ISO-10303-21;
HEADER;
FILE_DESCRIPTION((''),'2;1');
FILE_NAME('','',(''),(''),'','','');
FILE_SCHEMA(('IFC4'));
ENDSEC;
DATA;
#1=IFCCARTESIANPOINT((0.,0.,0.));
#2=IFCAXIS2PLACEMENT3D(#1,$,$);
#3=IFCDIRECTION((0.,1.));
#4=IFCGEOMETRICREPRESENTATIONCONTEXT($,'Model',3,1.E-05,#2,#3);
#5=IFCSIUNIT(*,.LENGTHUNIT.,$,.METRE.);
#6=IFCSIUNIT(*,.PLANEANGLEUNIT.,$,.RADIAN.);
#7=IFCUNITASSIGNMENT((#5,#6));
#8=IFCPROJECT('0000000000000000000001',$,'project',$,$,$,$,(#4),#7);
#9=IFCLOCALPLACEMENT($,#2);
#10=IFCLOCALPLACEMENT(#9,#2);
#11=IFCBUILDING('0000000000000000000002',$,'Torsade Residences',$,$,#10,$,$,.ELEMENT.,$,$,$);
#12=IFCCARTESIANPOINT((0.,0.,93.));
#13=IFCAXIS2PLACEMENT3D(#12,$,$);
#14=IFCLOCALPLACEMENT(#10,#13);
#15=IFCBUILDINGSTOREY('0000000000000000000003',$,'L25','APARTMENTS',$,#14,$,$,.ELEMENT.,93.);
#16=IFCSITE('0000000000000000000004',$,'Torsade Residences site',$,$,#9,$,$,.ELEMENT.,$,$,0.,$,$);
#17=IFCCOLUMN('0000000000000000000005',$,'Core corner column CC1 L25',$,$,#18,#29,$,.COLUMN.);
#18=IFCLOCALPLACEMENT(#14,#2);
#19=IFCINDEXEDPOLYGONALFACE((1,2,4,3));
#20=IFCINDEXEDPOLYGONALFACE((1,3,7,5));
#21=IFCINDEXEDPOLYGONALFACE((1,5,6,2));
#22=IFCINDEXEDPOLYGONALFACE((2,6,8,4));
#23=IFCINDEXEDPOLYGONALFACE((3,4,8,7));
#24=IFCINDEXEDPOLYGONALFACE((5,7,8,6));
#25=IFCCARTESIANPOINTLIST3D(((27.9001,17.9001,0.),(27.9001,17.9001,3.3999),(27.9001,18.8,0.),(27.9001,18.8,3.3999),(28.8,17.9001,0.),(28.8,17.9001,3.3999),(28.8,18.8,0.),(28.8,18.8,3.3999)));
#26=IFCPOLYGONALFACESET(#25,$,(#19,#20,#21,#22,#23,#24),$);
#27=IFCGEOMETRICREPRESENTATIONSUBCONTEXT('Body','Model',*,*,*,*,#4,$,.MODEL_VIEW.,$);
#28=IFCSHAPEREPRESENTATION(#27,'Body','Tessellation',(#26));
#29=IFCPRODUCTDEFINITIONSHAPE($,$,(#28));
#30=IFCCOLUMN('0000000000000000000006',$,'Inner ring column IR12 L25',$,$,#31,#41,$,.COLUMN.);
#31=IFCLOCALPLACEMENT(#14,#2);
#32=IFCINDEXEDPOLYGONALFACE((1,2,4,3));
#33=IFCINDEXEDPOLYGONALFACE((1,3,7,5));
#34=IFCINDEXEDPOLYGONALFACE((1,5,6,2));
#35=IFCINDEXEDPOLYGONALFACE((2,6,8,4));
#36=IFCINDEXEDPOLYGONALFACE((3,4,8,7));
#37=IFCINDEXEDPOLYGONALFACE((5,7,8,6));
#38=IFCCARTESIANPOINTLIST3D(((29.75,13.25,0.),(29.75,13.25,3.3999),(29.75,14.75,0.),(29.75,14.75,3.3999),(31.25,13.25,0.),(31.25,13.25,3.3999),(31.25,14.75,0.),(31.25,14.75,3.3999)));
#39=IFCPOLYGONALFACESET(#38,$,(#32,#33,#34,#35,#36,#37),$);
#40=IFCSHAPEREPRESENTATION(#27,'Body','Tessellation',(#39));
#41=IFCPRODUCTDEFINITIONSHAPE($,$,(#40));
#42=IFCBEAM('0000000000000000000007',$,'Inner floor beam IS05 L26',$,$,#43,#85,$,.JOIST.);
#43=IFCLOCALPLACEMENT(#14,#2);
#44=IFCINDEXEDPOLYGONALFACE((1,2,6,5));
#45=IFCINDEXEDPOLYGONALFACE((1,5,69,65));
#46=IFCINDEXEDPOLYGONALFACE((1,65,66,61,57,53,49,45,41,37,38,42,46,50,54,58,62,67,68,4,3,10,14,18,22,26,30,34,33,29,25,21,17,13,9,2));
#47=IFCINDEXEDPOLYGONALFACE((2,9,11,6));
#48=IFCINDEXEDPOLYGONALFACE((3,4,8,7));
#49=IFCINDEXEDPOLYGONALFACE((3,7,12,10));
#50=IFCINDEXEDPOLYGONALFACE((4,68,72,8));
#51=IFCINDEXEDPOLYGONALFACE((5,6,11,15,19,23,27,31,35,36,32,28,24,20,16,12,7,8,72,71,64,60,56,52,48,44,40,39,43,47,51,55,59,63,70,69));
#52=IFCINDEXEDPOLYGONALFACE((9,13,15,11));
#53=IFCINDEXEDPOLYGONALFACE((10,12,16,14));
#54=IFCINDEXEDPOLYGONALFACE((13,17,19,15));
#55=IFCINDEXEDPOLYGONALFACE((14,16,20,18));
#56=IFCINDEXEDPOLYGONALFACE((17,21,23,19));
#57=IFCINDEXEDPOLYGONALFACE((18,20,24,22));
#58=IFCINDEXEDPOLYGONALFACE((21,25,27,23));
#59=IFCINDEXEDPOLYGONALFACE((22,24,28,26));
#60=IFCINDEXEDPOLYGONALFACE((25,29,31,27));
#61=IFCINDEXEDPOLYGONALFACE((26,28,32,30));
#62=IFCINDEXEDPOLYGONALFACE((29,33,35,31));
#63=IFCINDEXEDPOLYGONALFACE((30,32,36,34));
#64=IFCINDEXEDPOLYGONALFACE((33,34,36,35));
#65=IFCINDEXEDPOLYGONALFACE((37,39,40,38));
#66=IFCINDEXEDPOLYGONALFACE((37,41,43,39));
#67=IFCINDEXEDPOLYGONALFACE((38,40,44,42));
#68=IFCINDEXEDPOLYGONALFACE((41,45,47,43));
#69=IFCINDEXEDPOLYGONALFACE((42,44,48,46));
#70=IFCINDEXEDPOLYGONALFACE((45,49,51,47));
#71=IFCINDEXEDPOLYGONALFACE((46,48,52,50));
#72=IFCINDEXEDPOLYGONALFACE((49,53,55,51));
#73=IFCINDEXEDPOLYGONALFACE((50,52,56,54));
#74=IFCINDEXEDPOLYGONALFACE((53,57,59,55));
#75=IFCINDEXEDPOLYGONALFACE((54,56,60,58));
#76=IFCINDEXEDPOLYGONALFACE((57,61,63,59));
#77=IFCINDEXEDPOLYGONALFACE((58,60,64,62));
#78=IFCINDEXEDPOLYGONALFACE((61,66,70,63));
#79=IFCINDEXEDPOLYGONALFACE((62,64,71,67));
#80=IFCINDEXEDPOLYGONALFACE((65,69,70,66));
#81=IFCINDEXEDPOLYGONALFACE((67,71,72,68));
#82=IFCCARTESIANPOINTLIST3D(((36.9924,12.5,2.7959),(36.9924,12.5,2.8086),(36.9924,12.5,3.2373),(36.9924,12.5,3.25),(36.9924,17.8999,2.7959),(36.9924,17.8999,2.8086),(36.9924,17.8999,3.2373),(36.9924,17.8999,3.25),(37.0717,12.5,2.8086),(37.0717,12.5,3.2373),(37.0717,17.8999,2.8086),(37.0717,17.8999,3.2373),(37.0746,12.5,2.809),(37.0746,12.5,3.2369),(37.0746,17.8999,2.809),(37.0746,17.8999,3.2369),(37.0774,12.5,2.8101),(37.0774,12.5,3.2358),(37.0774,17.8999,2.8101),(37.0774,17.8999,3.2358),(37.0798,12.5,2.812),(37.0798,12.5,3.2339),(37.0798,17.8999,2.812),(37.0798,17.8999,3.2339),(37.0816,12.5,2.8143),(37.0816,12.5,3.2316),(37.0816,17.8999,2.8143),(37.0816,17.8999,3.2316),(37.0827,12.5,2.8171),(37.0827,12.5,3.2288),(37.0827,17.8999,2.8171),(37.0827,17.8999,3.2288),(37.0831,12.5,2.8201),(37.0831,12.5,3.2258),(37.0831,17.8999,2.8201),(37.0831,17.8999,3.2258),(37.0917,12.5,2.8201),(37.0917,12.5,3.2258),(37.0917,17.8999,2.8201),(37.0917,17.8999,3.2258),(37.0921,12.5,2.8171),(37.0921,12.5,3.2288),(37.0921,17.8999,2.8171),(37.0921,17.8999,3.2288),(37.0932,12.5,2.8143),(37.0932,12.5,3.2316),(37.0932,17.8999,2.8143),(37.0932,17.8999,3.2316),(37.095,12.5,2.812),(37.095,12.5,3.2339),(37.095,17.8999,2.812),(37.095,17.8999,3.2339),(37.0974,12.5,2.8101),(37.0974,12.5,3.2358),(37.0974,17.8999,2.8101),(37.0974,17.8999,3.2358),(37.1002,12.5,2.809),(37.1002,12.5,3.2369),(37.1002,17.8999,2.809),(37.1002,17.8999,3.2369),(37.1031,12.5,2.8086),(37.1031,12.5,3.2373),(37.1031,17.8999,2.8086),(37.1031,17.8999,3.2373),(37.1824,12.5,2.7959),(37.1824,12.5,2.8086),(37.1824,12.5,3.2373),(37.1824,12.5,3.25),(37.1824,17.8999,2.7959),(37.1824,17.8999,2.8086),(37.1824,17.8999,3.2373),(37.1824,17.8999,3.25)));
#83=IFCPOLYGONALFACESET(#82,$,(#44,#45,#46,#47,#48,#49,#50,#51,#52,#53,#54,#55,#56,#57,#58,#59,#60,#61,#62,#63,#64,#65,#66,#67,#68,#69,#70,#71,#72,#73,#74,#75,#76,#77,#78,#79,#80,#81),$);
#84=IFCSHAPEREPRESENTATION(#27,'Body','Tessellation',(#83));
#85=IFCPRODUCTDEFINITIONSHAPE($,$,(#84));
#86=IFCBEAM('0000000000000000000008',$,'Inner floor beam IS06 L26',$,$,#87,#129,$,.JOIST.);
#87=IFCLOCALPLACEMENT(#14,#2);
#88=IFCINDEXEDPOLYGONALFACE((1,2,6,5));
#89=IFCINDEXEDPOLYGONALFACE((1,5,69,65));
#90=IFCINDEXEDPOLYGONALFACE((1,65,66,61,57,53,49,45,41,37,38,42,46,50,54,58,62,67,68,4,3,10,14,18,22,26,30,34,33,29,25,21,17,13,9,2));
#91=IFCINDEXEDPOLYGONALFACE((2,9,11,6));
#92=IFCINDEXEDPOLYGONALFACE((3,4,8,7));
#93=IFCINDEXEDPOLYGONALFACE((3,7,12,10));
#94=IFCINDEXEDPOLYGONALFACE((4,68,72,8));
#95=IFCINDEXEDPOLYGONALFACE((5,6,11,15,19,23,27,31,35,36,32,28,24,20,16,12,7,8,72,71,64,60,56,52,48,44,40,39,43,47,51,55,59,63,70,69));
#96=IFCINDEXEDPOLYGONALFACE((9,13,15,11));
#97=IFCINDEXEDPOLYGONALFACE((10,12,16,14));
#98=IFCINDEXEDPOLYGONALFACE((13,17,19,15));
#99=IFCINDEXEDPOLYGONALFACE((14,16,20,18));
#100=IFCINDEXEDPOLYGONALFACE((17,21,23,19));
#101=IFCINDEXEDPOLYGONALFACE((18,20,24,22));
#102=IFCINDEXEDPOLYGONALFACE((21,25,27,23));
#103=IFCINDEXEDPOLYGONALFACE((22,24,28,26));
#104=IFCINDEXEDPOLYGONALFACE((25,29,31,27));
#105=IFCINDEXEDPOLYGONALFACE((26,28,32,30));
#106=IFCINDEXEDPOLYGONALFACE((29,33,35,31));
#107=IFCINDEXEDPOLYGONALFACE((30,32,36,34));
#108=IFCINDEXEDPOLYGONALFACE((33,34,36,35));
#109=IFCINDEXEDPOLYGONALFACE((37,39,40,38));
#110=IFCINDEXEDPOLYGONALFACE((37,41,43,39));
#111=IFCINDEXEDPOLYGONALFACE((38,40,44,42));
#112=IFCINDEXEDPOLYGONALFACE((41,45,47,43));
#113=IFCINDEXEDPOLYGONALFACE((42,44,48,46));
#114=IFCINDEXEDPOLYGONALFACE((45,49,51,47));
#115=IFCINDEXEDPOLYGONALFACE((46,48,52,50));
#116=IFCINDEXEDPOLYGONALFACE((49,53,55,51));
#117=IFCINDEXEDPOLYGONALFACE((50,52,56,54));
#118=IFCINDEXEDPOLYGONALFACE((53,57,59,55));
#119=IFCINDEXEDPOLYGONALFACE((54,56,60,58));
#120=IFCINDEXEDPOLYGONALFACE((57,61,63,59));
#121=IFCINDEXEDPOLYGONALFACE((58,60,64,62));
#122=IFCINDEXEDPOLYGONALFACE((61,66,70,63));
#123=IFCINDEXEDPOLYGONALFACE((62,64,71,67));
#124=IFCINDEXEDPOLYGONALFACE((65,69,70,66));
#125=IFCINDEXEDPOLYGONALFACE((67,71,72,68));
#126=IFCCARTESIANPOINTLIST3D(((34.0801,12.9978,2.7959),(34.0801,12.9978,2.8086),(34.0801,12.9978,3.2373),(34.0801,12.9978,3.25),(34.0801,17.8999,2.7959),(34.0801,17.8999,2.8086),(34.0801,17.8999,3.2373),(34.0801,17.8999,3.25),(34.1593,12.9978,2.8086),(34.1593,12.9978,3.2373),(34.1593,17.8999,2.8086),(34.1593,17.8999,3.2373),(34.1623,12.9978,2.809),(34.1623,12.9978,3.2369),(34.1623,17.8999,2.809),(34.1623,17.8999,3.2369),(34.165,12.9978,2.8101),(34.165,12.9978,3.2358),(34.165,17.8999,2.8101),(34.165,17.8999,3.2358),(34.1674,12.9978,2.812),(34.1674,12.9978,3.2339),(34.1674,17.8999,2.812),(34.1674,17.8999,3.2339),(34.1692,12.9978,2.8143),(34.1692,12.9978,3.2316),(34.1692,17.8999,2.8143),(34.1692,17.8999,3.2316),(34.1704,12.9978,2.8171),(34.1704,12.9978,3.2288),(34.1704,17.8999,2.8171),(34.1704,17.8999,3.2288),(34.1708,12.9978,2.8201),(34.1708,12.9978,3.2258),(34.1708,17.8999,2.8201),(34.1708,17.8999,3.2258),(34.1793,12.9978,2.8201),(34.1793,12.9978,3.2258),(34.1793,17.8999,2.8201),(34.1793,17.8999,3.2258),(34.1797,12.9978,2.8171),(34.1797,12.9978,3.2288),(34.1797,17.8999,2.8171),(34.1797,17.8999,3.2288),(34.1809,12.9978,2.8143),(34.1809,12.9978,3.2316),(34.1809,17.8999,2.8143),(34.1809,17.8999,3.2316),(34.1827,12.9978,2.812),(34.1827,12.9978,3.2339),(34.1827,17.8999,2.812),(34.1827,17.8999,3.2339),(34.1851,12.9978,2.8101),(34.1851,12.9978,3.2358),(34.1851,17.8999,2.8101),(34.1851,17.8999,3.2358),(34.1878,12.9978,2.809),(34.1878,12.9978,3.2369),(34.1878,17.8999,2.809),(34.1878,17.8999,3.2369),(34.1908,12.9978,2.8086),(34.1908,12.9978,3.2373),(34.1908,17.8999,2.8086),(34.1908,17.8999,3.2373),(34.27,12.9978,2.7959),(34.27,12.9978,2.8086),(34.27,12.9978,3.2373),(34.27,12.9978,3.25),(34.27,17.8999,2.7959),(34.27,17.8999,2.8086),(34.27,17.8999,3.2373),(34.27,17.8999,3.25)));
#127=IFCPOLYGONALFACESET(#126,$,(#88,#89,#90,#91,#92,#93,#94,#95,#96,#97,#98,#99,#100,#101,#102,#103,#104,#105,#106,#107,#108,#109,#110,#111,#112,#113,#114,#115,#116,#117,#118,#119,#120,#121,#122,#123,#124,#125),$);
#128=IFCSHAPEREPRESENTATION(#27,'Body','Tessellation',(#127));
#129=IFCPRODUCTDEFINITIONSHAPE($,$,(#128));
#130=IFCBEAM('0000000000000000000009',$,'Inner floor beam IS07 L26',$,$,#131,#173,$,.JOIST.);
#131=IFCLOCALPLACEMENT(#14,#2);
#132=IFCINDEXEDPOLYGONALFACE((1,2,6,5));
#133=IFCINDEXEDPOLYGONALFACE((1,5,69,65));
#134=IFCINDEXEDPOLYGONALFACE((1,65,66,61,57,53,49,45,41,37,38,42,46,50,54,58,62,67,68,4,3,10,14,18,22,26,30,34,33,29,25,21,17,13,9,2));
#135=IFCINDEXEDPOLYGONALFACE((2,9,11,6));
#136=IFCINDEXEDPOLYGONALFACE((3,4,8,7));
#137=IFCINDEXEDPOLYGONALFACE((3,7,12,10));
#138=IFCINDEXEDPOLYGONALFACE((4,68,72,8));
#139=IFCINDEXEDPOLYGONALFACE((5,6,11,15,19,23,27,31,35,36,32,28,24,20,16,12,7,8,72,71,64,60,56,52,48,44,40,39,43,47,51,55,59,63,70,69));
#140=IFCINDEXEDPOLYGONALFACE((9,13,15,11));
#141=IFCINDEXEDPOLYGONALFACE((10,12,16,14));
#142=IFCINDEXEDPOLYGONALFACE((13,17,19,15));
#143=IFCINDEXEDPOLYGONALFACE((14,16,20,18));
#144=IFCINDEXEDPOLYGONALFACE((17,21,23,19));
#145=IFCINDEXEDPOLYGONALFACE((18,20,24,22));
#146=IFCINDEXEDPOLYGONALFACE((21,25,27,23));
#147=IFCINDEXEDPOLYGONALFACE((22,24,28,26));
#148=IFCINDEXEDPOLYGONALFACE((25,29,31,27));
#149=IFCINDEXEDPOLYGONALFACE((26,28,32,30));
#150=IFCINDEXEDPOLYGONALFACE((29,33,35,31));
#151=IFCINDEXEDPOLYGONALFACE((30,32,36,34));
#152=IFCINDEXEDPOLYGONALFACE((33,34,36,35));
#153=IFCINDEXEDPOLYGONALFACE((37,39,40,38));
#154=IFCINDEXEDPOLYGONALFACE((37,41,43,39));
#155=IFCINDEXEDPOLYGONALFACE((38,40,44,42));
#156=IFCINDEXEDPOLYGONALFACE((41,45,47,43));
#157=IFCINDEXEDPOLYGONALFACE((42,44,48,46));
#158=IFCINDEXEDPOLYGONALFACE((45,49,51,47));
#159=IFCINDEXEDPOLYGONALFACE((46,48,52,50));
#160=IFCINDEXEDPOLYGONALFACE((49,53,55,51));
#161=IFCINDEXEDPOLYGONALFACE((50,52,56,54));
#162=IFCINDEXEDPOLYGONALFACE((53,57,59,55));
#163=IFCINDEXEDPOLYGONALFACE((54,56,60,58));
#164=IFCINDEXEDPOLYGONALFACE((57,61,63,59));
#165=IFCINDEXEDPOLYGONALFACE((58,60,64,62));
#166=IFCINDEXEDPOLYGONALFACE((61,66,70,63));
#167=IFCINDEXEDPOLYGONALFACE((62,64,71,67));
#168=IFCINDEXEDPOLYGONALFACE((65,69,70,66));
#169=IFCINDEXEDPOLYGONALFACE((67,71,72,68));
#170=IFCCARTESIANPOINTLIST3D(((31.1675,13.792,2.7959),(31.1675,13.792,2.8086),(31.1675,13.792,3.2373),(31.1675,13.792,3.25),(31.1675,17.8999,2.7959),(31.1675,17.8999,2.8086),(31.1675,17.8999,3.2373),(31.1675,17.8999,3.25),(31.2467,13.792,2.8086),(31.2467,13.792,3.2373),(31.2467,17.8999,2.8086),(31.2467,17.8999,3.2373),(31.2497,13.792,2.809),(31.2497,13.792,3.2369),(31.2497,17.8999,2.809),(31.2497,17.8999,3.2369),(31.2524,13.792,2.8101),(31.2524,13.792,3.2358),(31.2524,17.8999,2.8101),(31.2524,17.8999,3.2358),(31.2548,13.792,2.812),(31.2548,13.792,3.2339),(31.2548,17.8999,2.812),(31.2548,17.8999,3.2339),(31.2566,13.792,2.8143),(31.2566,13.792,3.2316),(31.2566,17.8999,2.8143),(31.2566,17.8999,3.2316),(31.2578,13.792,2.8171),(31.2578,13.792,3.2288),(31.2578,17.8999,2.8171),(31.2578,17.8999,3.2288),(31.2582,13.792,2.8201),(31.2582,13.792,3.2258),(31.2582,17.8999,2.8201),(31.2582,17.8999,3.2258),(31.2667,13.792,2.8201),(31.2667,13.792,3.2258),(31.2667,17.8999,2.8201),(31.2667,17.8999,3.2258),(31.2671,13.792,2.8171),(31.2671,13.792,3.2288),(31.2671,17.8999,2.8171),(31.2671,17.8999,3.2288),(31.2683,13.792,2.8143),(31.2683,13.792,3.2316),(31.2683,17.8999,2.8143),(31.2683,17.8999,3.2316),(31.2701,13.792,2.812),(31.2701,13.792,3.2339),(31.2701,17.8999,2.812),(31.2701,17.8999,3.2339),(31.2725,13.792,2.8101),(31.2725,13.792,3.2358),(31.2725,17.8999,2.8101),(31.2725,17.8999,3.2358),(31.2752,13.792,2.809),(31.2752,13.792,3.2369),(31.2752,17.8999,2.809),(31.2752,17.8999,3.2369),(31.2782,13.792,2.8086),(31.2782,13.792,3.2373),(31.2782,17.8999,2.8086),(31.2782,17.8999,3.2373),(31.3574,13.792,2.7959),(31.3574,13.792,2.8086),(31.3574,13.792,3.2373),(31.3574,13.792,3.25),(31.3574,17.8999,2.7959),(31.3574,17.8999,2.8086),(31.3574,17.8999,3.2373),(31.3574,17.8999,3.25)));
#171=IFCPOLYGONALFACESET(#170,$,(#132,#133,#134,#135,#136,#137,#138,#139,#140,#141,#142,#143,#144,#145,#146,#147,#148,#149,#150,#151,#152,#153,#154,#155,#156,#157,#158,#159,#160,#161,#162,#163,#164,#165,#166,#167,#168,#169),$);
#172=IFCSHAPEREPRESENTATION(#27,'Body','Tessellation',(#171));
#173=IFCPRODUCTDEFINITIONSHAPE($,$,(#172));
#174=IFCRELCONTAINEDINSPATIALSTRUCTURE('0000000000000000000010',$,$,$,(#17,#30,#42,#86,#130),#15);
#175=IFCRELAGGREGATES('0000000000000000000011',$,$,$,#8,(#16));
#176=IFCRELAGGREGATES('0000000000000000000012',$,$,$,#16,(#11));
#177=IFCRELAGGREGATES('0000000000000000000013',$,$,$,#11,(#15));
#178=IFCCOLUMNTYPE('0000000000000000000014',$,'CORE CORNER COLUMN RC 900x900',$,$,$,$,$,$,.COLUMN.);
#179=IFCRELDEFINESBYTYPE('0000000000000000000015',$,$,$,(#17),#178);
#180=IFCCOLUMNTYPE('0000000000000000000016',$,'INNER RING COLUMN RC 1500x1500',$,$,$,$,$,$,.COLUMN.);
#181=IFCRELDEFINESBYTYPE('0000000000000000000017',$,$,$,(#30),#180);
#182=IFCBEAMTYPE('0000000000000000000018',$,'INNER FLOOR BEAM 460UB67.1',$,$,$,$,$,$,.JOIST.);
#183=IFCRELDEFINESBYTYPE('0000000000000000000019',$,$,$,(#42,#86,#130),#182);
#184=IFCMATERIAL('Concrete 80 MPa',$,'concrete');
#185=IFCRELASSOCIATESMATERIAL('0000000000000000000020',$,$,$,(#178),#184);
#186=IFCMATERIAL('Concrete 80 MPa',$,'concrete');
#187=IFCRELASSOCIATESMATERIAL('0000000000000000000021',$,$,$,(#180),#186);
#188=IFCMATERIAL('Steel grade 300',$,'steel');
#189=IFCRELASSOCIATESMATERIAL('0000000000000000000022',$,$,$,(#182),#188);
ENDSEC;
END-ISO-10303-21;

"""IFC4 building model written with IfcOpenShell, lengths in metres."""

from ifc_helpers import new_model, si_unit, direction, frame, origin, origin_2d, place, context, subcontext, project, spatial, rectangle, i_section, extrude, material, material_profile, profile_set, type_object, element, save


model = new_model("IFC4")

# Units and contexts
model_context = context("Model", 3, precision=1e-05, world=origin(), true_north=direction((0.0, 1.0)))
body_context = subcontext(model_context, "Body", "Model", "MODEL_VIEW")
ifc_project = project(units=[si_unit("LENGTHUNIT", "METRE"), si_unit("PLANEANGLEUNIT", "RADIAN")], contexts=[model_context])

# Site, building, storey
site_placement = place(None, origin())
site = spatial("IfcSite", under=ifc_project, at=site_placement, Name="Torsade Residences site", CompositionType="ELEMENT", RefElevation=0.0)
building_placement = place(site_placement, origin())
building = spatial("IfcBuilding", under=site, at=building_placement, Name="Torsade Residences", CompositionType="ELEMENT")
storey_placement = place(building_placement, frame((0.0, 0.0, 93.0)))
storey = spatial("IfcBuildingStorey", under=building, at=storey_placement, Name="L25", Description="APARTMENTS", CompositionType="ELEMENT", Elevation=93.0)

# Columns
ifc_material_1 = material(Name="Concrete 80 MPa", Category="concrete")
ifc_material_profile_1 = material_profile(ifc_material_1, rectangle(XDim=0.8999, YDim=0.8999, at=origin_2d()), Name="RC 900x900")
ifc_profile_set_1 = profile_set([ifc_material_profile_1], Name="Concrete 80 MPa")
column_type_1 = type_object("IfcColumnType", Name="CORE CORNER COLUMN RC 900x900", PredefinedType="COLUMN", material=ifc_profile_set_1)
column_1_placement = place(storey_placement, frame((28.3501, 18.3501, 0.0), z_axis=(0.0, 0.0, 1.0), x_axis=(1.0, 0.0, 0.0)))
element("IfcColumn", 1, at=column_1_placement, inside=storey, type_object=column_type_1, Name="Core corner column CC1 L25", PredefinedType="COLUMN", context=body_context, shape_type="SweptSolid", body=[
    extrude(rectangle(XDim=0.8999, YDim=0.8999, at=origin_2d()), origin(), (0.0, 0.0, 1.0), 3.3999),
])
ifc_material_2 = material(Name="Concrete 80 MPa", Category="concrete")
ifc_material_profile_2 = material_profile(ifc_material_2, rectangle(XDim=1.5, YDim=1.5, at=origin_2d()), Name="RC 1500x1500")
ifc_profile_set_2 = profile_set([ifc_material_profile_2], Name="Concrete 80 MPa")
column_type_2 = type_object("IfcColumnType", Name="INNER RING COLUMN RC 1500x1500", PredefinedType="COLUMN", material=ifc_profile_set_2)
column_2_placement = place(storey_placement, frame((30.5, 14.0, 0.0), z_axis=(0.0, 0.0, 1.0), x_axis=(1.0, 0.0, 0.0)))
element("IfcColumn", 2, at=column_2_placement, inside=storey, type_object=column_type_2, Name="Inner ring column IR12 L25", PredefinedType="COLUMN", context=body_context, shape_type="SweptSolid", body=[
    extrude(rectangle(XDim=1.5, YDim=1.5, at=origin_2d()), origin(), (0.0, 0.0, 1.0), 3.3999),
])

# Beams
ifc_material_3 = material(Name="Steel grade 300", Category="steel")
ifc_material_profile_3 = material_profile(ifc_material_3, i_section(OverallWidth=0.1899, OverallDepth=0.4541, WebThickness=0.0085, FlangeThickness=0.0127, FilletRadius=0.0115, at=origin_2d()), Name="460UB67.1")
ifc_profile_set_3 = profile_set([ifc_material_profile_3], Name="Steel grade 300")
beam_type_1 = type_object("IfcBeamType", Name="INNER FLOOR BEAM 460UB67.1", PredefinedType="JOIST", material=ifc_profile_set_3)
beam_1_placement = place(storey_placement, frame((37.0874, 17.8999, 3.0229), z_axis=(0.0, -1.0, 0.0), x_axis=(1.0, 0.0, 0.0)))
element("IfcBeam", 3, at=beam_1_placement, inside=storey, type_object=beam_type_1, Name="Inner floor beam IS05 L26", PredefinedType="JOIST", context=body_context, shape_type="SweptSolid", body=[
    extrude(i_section(OverallWidth=0.1899, OverallDepth=0.4541, WebThickness=0.0085, FlangeThickness=0.0127, FilletRadius=0.0115, at=origin_2d()), origin(), (0.0, 0.0, 1.0), 5.3999),
])
beam_2_placement = place(storey_placement, frame((34.175, 17.8999, 3.0229), z_axis=(0.0, -1.0, 0.0), x_axis=(1.0, 0.0, 0.0)))
element("IfcBeam", 4, at=beam_2_placement, inside=storey, type_object=beam_type_1, Name="Inner floor beam IS06 L26", PredefinedType="JOIST", context=body_context, shape_type="SweptSolid", body=[
    extrude(i_section(OverallWidth=0.1899, OverallDepth=0.4541, WebThickness=0.0085, FlangeThickness=0.0127, FilletRadius=0.0115, at=origin_2d()), origin(), (0.0, 0.0, 1.0), 4.9021),
])
beam_3_placement = place(storey_placement, frame((31.2625, 17.8999, 3.0229), z_axis=(0.0, -1.0, 0.0), x_axis=(1.0, 0.0, 0.0)))
element("IfcBeam", 5, at=beam_3_placement, inside=storey, type_object=beam_type_1, Name="Inner floor beam IS07 L26", PredefinedType="JOIST", context=body_context, shape_type="SweptSolid", body=[
    extrude(i_section(OverallWidth=0.1899, OverallDepth=0.4541, WebThickness=0.0085, FlangeThickness=0.0127, FilletRadius=0.0115, at=origin_2d()), origin(), (0.0, 0.0, 1.0), 4.1079),
])

save(model, "model.ifc")
